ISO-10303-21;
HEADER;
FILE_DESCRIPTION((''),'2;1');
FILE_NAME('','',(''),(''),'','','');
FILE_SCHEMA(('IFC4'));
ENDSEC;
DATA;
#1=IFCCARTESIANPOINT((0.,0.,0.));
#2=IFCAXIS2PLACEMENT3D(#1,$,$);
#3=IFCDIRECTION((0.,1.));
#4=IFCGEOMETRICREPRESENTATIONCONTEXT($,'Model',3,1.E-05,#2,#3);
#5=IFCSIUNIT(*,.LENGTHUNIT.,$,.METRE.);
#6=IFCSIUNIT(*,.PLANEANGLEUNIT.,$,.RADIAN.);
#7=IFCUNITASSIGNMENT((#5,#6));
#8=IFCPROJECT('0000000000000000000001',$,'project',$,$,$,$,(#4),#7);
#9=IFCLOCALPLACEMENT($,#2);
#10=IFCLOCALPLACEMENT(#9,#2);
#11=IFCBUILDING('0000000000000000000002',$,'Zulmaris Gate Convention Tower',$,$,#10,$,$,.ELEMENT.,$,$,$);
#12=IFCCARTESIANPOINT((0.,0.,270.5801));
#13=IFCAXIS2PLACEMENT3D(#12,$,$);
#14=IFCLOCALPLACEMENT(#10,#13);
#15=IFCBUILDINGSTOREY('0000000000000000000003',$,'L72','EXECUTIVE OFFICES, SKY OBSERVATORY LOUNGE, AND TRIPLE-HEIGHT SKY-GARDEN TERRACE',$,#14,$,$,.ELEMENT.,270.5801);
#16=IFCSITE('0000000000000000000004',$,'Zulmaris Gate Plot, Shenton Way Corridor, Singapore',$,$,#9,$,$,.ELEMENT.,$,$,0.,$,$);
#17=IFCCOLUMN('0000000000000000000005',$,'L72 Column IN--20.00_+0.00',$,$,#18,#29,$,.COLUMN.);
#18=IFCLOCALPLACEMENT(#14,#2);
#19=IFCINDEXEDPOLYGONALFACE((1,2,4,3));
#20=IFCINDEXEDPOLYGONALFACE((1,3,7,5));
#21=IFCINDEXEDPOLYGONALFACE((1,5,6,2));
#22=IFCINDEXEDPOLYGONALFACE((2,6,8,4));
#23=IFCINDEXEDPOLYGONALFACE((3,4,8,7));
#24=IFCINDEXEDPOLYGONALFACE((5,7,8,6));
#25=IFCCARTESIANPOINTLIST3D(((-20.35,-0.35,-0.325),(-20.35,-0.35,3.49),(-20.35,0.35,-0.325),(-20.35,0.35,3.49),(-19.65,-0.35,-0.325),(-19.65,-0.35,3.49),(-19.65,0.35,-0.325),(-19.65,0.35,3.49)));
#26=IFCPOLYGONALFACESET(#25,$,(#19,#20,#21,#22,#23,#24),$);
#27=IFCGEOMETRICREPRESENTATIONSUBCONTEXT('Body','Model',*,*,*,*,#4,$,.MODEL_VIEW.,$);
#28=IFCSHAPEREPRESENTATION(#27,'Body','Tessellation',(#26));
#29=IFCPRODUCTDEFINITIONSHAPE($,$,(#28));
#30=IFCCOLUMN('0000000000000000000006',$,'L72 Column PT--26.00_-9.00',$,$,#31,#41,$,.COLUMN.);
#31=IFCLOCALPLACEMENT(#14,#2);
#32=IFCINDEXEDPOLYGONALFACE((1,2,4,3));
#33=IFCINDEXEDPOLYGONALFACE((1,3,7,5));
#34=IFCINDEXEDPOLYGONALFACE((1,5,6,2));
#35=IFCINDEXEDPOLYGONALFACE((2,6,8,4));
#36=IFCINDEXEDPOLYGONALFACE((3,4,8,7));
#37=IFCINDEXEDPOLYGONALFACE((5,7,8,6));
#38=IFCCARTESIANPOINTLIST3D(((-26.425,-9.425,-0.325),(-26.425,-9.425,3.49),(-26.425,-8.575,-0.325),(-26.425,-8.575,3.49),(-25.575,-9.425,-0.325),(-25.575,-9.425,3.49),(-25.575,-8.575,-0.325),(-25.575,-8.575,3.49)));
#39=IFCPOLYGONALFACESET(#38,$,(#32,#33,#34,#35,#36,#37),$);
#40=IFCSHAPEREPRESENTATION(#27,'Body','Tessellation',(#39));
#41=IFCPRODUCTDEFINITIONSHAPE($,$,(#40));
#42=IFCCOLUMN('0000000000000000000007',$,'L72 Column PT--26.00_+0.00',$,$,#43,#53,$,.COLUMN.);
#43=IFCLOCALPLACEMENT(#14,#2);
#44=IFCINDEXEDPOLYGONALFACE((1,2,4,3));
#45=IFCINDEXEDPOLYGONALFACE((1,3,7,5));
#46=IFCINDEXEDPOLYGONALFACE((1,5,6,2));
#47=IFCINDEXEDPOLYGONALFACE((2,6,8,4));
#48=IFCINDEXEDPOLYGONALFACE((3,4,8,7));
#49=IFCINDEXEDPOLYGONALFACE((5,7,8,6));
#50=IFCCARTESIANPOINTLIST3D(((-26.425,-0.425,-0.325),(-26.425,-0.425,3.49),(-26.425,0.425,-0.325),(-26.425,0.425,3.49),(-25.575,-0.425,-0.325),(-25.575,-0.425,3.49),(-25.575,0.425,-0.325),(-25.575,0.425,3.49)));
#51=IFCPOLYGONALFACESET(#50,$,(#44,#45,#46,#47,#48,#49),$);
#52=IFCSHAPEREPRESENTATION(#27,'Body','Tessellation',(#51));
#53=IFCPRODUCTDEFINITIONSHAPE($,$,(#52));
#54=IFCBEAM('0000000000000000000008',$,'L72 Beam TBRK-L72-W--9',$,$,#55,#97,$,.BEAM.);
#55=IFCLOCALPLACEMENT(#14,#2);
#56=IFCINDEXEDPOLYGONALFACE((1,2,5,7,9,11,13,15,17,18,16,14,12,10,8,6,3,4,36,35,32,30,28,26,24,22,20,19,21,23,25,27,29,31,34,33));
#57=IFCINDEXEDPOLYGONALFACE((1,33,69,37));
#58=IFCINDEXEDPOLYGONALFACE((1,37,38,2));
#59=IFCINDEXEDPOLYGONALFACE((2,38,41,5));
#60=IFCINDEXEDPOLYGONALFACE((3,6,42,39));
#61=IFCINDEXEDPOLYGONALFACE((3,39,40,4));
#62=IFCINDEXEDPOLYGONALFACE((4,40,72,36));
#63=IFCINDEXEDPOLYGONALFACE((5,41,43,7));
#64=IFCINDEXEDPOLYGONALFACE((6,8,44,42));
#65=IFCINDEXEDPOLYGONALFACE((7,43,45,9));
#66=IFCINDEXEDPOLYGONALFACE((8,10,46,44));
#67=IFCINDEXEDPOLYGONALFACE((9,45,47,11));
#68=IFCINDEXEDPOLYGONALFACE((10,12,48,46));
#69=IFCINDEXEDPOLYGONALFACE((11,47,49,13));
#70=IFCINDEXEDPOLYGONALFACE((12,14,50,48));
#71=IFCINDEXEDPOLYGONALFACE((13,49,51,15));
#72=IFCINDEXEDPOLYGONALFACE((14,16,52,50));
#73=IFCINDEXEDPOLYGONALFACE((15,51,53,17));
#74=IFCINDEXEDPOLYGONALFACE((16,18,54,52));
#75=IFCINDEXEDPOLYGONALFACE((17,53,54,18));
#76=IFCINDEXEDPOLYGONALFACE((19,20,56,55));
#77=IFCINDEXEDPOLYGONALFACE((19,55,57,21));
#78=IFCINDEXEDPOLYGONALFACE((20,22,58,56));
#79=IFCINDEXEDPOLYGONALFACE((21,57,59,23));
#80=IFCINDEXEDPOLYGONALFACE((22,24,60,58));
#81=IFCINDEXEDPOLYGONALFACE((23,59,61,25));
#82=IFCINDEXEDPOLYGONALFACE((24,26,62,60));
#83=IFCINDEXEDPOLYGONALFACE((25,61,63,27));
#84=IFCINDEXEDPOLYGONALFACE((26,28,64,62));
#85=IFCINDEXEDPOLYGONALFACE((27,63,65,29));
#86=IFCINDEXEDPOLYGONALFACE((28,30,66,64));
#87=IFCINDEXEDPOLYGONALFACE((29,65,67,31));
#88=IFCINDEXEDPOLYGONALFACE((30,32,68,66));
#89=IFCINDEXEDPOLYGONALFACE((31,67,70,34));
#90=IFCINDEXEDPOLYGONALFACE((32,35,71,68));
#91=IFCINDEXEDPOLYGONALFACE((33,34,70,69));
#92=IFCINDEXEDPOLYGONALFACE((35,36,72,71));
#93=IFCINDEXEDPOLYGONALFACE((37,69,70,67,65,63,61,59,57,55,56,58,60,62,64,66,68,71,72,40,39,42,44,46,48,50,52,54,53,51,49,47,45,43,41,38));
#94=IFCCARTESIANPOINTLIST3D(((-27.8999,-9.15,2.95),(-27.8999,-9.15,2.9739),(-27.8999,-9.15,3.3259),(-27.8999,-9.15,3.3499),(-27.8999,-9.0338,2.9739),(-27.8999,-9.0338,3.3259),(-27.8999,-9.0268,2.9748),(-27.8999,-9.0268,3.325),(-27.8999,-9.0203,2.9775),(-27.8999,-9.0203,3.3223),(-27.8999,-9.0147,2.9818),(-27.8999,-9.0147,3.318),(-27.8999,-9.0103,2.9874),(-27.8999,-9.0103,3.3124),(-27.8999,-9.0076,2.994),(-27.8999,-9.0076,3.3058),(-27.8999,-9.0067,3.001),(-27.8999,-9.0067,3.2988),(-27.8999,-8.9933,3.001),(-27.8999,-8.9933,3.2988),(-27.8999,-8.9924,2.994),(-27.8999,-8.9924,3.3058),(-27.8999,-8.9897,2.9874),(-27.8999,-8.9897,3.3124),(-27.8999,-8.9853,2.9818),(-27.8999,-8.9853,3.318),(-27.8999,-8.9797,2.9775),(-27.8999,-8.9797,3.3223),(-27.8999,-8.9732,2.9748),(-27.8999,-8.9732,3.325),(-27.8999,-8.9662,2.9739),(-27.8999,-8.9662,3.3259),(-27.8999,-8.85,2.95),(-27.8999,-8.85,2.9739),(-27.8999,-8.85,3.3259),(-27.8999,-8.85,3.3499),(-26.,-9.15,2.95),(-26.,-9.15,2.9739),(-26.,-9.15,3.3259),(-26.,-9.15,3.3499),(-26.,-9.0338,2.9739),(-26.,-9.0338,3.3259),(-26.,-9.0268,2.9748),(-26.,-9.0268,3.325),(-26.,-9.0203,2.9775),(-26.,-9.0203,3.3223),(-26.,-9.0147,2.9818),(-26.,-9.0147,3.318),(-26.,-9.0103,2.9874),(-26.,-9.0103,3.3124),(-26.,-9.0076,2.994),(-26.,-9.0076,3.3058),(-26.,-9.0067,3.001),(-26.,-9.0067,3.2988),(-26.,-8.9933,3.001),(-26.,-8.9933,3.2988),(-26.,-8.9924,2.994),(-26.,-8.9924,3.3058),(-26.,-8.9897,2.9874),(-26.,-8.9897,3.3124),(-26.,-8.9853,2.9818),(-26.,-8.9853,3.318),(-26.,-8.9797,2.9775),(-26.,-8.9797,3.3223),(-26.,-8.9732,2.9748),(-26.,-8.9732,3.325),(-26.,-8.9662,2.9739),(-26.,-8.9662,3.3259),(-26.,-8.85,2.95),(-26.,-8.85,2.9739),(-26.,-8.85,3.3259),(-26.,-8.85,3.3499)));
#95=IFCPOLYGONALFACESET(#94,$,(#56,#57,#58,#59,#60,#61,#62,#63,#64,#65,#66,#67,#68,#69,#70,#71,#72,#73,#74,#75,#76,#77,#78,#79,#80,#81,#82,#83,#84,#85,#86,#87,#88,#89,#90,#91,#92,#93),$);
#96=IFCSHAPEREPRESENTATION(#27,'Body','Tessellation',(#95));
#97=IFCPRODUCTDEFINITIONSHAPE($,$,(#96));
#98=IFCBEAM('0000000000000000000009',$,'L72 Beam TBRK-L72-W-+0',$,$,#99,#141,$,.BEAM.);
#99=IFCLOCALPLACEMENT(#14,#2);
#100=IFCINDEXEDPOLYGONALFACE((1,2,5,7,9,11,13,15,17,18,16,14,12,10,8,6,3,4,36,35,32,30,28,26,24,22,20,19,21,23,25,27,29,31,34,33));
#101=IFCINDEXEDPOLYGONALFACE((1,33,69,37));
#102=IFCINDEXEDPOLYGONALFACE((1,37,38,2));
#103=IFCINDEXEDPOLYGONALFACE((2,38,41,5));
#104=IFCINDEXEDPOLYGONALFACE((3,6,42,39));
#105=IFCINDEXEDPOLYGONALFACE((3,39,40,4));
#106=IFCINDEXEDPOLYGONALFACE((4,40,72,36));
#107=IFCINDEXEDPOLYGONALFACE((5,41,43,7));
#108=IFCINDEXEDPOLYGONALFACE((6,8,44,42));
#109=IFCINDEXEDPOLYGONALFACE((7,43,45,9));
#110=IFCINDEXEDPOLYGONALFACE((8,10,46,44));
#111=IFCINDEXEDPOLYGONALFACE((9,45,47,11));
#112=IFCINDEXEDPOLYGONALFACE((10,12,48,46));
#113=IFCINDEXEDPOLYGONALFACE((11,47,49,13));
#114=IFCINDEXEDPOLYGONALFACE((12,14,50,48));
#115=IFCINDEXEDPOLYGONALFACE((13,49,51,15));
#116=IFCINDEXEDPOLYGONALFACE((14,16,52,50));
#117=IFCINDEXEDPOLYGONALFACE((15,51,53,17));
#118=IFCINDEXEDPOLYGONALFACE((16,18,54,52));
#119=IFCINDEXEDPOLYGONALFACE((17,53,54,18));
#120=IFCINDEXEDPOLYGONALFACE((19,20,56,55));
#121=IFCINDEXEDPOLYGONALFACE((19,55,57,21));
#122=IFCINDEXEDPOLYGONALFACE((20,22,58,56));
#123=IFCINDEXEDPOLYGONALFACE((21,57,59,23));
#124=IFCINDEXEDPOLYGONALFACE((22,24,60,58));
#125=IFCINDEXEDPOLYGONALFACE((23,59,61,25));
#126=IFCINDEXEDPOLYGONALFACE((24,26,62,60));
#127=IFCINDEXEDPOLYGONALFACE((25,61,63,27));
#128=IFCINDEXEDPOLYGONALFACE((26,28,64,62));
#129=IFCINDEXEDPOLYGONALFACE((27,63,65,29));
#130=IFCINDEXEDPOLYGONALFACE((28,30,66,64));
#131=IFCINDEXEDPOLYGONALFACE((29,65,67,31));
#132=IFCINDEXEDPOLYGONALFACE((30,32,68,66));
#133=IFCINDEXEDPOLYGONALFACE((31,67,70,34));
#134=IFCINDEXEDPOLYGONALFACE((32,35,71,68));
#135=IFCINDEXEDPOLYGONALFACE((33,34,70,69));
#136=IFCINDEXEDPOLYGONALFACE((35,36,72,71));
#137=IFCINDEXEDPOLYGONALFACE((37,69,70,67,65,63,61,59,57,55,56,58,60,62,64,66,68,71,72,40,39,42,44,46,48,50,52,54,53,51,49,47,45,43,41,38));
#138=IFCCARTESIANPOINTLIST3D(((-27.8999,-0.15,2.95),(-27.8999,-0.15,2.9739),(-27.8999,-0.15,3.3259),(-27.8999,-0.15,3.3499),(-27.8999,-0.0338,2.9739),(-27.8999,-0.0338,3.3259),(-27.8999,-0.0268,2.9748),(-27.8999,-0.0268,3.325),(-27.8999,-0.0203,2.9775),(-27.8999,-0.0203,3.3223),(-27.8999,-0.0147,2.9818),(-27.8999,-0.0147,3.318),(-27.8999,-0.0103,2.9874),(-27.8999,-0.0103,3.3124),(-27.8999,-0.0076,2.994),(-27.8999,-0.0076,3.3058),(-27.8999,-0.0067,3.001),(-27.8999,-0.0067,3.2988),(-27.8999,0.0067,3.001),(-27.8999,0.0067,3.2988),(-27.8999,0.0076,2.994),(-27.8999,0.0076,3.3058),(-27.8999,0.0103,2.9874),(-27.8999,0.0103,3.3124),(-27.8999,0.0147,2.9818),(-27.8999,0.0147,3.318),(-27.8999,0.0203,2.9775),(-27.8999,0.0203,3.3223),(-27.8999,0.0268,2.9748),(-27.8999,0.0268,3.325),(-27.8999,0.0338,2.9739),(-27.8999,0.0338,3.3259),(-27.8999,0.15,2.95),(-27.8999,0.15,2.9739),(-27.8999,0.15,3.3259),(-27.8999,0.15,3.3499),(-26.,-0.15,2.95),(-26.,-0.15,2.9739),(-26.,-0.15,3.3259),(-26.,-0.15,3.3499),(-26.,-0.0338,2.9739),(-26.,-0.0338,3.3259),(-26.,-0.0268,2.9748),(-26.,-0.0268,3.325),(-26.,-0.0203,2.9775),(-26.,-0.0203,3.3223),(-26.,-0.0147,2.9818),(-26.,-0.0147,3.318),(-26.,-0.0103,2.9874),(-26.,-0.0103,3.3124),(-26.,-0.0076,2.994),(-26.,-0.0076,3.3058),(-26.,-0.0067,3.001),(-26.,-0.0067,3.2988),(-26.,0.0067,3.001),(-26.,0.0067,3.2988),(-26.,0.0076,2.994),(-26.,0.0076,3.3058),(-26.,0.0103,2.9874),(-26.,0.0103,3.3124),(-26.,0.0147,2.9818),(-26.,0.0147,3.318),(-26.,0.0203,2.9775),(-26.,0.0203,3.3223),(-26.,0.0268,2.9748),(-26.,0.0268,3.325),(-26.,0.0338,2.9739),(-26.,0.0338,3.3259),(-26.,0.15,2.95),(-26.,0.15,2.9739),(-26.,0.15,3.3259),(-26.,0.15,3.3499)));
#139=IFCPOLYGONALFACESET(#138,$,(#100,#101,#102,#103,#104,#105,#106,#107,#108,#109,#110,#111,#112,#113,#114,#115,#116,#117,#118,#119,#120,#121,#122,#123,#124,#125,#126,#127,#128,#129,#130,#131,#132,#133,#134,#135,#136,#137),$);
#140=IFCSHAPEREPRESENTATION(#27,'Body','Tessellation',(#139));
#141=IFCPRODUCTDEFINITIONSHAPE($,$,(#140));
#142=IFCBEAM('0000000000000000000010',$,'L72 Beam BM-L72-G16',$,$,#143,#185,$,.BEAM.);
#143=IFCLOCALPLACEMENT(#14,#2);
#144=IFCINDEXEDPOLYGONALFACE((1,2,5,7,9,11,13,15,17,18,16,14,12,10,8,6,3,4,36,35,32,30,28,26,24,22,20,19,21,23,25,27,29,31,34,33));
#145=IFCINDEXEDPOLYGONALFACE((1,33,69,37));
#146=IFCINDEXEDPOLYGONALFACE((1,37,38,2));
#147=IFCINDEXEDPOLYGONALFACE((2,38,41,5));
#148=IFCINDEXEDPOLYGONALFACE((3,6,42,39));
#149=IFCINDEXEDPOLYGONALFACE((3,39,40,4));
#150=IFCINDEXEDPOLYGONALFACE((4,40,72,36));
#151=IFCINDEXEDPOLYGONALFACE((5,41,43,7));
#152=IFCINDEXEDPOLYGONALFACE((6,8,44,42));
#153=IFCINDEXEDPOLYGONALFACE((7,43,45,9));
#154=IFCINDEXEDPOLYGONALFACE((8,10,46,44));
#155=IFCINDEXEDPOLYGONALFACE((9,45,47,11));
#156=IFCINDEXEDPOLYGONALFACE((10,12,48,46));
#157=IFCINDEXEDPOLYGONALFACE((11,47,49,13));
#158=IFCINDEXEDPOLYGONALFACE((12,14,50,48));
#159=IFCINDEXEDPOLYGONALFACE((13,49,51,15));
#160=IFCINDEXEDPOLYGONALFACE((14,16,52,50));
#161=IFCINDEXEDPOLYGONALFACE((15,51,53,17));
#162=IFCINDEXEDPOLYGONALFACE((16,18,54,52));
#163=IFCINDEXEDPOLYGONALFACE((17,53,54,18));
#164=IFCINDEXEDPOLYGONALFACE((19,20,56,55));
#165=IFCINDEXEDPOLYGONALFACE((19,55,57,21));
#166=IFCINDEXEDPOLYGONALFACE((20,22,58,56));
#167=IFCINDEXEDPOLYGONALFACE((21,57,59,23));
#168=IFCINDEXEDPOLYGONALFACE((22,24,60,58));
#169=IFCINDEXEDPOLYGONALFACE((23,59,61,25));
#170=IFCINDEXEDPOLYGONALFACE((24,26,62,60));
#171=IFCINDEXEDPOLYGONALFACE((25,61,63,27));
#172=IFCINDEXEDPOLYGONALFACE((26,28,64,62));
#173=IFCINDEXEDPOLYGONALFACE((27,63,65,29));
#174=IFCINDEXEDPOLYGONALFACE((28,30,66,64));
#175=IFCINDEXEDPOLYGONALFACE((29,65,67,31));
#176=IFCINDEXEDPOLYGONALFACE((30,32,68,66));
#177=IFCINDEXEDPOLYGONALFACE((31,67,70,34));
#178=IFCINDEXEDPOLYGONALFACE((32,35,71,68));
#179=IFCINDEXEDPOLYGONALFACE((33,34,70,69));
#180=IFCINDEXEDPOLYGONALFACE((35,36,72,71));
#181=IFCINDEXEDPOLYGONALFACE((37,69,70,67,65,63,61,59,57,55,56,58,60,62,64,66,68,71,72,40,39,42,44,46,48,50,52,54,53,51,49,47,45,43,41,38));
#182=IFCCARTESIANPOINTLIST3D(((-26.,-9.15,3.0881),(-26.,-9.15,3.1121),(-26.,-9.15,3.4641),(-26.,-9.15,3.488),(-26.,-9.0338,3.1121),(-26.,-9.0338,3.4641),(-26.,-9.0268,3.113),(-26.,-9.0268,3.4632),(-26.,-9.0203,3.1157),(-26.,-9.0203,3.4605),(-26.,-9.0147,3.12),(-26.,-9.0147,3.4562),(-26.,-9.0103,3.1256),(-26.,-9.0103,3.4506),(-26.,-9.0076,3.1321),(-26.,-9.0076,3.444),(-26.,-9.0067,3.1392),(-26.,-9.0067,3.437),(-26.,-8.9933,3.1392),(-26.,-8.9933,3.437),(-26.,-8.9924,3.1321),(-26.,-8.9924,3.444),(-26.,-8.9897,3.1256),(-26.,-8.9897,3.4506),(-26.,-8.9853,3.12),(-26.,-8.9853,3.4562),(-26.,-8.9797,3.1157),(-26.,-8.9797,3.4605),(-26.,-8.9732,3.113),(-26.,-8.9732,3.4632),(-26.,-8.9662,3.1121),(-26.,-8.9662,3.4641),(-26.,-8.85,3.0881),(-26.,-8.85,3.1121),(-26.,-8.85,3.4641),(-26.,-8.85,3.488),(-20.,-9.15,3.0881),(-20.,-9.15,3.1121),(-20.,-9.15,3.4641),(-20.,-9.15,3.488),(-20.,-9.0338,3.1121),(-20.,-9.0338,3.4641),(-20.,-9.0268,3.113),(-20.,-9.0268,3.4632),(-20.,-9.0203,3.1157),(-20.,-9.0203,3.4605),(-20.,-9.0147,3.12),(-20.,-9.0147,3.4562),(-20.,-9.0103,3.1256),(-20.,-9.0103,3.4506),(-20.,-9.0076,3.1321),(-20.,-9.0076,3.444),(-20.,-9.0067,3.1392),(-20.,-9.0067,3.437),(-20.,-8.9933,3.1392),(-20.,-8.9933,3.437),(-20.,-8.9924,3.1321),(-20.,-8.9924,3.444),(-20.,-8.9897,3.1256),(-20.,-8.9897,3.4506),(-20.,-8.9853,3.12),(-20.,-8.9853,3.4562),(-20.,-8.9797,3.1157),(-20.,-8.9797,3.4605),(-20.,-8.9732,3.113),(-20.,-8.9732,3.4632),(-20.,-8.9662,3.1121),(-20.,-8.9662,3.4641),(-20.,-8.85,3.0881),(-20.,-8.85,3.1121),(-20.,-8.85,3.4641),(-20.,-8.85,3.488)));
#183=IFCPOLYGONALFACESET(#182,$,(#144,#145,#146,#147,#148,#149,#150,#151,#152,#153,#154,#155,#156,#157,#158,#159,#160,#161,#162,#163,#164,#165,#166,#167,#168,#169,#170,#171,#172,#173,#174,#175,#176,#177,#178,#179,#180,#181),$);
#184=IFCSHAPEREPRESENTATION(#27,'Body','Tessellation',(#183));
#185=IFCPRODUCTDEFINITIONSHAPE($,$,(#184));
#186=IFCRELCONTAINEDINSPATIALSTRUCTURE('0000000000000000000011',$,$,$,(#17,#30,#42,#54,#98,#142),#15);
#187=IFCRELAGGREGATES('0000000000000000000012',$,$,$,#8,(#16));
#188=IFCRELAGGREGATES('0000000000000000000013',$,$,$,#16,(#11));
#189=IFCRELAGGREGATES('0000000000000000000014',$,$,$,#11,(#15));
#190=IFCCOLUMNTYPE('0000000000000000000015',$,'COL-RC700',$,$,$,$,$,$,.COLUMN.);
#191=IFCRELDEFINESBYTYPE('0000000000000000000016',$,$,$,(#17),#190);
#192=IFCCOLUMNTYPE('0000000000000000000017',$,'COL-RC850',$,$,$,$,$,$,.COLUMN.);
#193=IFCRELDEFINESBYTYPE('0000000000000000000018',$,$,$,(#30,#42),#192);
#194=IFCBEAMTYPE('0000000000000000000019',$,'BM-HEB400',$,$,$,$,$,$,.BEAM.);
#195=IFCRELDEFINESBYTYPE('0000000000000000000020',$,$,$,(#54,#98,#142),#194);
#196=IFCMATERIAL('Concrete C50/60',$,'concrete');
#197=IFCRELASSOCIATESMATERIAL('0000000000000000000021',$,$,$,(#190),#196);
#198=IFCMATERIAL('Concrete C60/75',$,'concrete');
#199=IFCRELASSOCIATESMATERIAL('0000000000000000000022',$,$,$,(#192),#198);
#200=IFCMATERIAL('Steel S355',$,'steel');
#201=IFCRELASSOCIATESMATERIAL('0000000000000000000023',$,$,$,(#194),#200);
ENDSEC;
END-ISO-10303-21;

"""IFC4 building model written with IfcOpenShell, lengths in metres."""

from ifc_helpers import new_model, si_unit, direction, frame, origin, origin_2d, place, context, subcontext, project, spatial, rectangle, i_section, extrude, material, material_profile, profile_set, type_object, element, save


model = new_model("IFC4")

# Units and contexts
model_context = context("Model", 3, precision=1e-05, world=origin(), true_north=direction((0.0, 1.0)))
body_context = subcontext(model_context, "Body", "Model", "MODEL_VIEW")
ifc_project = project(units=[si_unit("LENGTHUNIT", "METRE"), si_unit("PLANEANGLEUNIT", "RADIAN")], contexts=[model_context])

# Site, building, storey
site_placement = place(None, origin())
site = spatial("IfcSite", under=ifc_project, at=site_placement, Name="Zulmaris Gate Plot, Shenton Way Corridor, Singapore", CompositionType="ELEMENT", RefElevation=0.0)
building_placement = place(site_placement, origin())
building = spatial("IfcBuilding", under=site, at=building_placement, Name="Zulmaris Gate Convention Tower", CompositionType="ELEMENT")
storey_placement = place(building_placement, frame((0.0, 0.0, 270.5801)))
storey = spatial("IfcBuildingStorey", under=building, at=storey_placement, Name="L72", Description="EXECUTIVE OFFICES, SKY OBSERVATORY LOUNGE, AND TRIPLE-HEIGHT SKY-GARDEN TERRACE", CompositionType="ELEMENT", Elevation=270.5801)

# Columns
ifc_material_1 = material(Name="Concrete C50/60", Category="concrete")
ifc_material_profile_1 = material_profile(ifc_material_1, rectangle(XDim=0.7, YDim=0.7, at=origin_2d()), Name="RC COL 700x700")
ifc_profile_set_1 = profile_set([ifc_material_profile_1], Name="Concrete C50/60")
column_type_1 = type_object("IfcColumnType", Name="COL-RC700", PredefinedType="COLUMN", material=ifc_profile_set_1)
column_placement = place(storey_placement, frame((-20.0, 0.0, -0.325), z_axis=(0.0, 0.0, 1.0), x_axis=(1.0, 0.0, 0.0)))
element("IfcColumn", 1, at=column_placement, inside=storey, type_object=column_type_1, Name="L72 Column IN--20.00_+0.00", PredefinedType="COLUMN", context=body_context, shape_type="SweptSolid", body=[
    extrude(rectangle(XDim=0.7, YDim=0.7, at=origin_2d()), origin(), (0.0, 0.0, 1.0), 3.8149),
])
ifc_material_2 = material(Name="Concrete C60/75", Category="concrete")
ifc_material_profile_2 = material_profile(ifc_material_2, rectangle(XDim=0.8501, YDim=0.8501, at=origin_2d()), Name="RC COL 850x850")
ifc_profile_set_2 = profile_set([ifc_material_profile_2], Name="Concrete C60/75")
column_type_2 = type_object("IfcColumnType", Name="COL-RC850", PredefinedType="COLUMN", material=ifc_profile_set_2)
for number, where, z_axis, x_axis, name in (
    (2, (-26.0, -9.0, -0.325), (0.0, 0.0, 1.0), (1.0, 0.0, 0.0), "L72 Column PT--26.00_-9.00"),
    (3, (-26.0, 0.0, -0.325), (0.0, 0.0, 1.0), (1.0, 0.0, 0.0), "L72 Column PT--26.00_+0.00"),
):
    element("IfcColumn", number, at=place(storey_placement, frame(where, z_axis=z_axis, x_axis=x_axis)), inside=storey, type_object=column_type_2, Name=name, PredefinedType="COLUMN", context=body_context, shape_type="SweptSolid", body=[
        extrude(rectangle(XDim=0.8501, YDim=0.8501, at=origin_2d()), origin(), (0.0, 0.0, 1.0), 3.8149),
    ])

# Beams
ifc_material_3 = material(Name="Steel S355", Category="steel")
ifc_material_profile_3 = material_profile(ifc_material_3, i_section(OverallWidth=0.3, OverallDepth=0.3999, WebThickness=0.0134, FlangeThickness=0.0239, FilletRadius=0.0271, at=origin_2d()), Name="HEB 400")
ifc_profile_set_3 = profile_set([ifc_material_profile_3], Name="Steel S355")
beam_type_1 = type_object("IfcBeamType", Name="BM-HEB400", PredefinedType="BEAM", material=ifc_profile_set_3)
for number, where, z_axis, x_axis, name in (
    (4, (-27.8999, -9.0, 3.1499), (1.0, 0.0, 0.0), (0.0, 1.0, 0.0), "L72 Beam TBRK-L72-W--9"),
    (5, (-27.8999, 0.0, 3.1499), (1.0, 0.0, 0.0), (0.0, 1.0, 0.0), "L72 Beam TBRK-L72-W-+0"),
):
    element("IfcBeam", number, at=place(storey_placement, frame(where, z_axis=z_axis, x_axis=x_axis)), inside=storey, type_object=beam_type_1, Name=name, PredefinedType="BEAM", context=body_context, shape_type="SweptSolid", body=[
        extrude(i_section(OverallWidth=0.3, OverallDepth=0.3999, WebThickness=0.0134, FlangeThickness=0.0239, FilletRadius=0.0271, at=origin_2d()), origin(), (0.0, 0.0, 1.0), 1.8999),
    ])
for number, where, z_axis, x_axis, name in (
    (6, (-26.0, -9.0, 3.2881), (1.0, 0.0, 0.0), (0.0, 1.0, 0.0), "L72 Beam BM-L72-G16"),
):
    element("IfcBeam", number, at=place(storey_placement, frame(where, z_axis=z_axis, x_axis=x_axis)), inside=storey, type_object=beam_type_1, Name=name, PredefinedType="BEAM", context=body_context, shape_type="SweptSolid", body=[
        extrude(i_section(OverallWidth=0.3, OverallDepth=0.3999, WebThickness=0.0134, FlangeThickness=0.0239, FilletRadius=0.0271, at=origin_2d()), origin(), (0.0, 0.0, 1.0), 6.0),
    ])

save(model, "model.ifc")
